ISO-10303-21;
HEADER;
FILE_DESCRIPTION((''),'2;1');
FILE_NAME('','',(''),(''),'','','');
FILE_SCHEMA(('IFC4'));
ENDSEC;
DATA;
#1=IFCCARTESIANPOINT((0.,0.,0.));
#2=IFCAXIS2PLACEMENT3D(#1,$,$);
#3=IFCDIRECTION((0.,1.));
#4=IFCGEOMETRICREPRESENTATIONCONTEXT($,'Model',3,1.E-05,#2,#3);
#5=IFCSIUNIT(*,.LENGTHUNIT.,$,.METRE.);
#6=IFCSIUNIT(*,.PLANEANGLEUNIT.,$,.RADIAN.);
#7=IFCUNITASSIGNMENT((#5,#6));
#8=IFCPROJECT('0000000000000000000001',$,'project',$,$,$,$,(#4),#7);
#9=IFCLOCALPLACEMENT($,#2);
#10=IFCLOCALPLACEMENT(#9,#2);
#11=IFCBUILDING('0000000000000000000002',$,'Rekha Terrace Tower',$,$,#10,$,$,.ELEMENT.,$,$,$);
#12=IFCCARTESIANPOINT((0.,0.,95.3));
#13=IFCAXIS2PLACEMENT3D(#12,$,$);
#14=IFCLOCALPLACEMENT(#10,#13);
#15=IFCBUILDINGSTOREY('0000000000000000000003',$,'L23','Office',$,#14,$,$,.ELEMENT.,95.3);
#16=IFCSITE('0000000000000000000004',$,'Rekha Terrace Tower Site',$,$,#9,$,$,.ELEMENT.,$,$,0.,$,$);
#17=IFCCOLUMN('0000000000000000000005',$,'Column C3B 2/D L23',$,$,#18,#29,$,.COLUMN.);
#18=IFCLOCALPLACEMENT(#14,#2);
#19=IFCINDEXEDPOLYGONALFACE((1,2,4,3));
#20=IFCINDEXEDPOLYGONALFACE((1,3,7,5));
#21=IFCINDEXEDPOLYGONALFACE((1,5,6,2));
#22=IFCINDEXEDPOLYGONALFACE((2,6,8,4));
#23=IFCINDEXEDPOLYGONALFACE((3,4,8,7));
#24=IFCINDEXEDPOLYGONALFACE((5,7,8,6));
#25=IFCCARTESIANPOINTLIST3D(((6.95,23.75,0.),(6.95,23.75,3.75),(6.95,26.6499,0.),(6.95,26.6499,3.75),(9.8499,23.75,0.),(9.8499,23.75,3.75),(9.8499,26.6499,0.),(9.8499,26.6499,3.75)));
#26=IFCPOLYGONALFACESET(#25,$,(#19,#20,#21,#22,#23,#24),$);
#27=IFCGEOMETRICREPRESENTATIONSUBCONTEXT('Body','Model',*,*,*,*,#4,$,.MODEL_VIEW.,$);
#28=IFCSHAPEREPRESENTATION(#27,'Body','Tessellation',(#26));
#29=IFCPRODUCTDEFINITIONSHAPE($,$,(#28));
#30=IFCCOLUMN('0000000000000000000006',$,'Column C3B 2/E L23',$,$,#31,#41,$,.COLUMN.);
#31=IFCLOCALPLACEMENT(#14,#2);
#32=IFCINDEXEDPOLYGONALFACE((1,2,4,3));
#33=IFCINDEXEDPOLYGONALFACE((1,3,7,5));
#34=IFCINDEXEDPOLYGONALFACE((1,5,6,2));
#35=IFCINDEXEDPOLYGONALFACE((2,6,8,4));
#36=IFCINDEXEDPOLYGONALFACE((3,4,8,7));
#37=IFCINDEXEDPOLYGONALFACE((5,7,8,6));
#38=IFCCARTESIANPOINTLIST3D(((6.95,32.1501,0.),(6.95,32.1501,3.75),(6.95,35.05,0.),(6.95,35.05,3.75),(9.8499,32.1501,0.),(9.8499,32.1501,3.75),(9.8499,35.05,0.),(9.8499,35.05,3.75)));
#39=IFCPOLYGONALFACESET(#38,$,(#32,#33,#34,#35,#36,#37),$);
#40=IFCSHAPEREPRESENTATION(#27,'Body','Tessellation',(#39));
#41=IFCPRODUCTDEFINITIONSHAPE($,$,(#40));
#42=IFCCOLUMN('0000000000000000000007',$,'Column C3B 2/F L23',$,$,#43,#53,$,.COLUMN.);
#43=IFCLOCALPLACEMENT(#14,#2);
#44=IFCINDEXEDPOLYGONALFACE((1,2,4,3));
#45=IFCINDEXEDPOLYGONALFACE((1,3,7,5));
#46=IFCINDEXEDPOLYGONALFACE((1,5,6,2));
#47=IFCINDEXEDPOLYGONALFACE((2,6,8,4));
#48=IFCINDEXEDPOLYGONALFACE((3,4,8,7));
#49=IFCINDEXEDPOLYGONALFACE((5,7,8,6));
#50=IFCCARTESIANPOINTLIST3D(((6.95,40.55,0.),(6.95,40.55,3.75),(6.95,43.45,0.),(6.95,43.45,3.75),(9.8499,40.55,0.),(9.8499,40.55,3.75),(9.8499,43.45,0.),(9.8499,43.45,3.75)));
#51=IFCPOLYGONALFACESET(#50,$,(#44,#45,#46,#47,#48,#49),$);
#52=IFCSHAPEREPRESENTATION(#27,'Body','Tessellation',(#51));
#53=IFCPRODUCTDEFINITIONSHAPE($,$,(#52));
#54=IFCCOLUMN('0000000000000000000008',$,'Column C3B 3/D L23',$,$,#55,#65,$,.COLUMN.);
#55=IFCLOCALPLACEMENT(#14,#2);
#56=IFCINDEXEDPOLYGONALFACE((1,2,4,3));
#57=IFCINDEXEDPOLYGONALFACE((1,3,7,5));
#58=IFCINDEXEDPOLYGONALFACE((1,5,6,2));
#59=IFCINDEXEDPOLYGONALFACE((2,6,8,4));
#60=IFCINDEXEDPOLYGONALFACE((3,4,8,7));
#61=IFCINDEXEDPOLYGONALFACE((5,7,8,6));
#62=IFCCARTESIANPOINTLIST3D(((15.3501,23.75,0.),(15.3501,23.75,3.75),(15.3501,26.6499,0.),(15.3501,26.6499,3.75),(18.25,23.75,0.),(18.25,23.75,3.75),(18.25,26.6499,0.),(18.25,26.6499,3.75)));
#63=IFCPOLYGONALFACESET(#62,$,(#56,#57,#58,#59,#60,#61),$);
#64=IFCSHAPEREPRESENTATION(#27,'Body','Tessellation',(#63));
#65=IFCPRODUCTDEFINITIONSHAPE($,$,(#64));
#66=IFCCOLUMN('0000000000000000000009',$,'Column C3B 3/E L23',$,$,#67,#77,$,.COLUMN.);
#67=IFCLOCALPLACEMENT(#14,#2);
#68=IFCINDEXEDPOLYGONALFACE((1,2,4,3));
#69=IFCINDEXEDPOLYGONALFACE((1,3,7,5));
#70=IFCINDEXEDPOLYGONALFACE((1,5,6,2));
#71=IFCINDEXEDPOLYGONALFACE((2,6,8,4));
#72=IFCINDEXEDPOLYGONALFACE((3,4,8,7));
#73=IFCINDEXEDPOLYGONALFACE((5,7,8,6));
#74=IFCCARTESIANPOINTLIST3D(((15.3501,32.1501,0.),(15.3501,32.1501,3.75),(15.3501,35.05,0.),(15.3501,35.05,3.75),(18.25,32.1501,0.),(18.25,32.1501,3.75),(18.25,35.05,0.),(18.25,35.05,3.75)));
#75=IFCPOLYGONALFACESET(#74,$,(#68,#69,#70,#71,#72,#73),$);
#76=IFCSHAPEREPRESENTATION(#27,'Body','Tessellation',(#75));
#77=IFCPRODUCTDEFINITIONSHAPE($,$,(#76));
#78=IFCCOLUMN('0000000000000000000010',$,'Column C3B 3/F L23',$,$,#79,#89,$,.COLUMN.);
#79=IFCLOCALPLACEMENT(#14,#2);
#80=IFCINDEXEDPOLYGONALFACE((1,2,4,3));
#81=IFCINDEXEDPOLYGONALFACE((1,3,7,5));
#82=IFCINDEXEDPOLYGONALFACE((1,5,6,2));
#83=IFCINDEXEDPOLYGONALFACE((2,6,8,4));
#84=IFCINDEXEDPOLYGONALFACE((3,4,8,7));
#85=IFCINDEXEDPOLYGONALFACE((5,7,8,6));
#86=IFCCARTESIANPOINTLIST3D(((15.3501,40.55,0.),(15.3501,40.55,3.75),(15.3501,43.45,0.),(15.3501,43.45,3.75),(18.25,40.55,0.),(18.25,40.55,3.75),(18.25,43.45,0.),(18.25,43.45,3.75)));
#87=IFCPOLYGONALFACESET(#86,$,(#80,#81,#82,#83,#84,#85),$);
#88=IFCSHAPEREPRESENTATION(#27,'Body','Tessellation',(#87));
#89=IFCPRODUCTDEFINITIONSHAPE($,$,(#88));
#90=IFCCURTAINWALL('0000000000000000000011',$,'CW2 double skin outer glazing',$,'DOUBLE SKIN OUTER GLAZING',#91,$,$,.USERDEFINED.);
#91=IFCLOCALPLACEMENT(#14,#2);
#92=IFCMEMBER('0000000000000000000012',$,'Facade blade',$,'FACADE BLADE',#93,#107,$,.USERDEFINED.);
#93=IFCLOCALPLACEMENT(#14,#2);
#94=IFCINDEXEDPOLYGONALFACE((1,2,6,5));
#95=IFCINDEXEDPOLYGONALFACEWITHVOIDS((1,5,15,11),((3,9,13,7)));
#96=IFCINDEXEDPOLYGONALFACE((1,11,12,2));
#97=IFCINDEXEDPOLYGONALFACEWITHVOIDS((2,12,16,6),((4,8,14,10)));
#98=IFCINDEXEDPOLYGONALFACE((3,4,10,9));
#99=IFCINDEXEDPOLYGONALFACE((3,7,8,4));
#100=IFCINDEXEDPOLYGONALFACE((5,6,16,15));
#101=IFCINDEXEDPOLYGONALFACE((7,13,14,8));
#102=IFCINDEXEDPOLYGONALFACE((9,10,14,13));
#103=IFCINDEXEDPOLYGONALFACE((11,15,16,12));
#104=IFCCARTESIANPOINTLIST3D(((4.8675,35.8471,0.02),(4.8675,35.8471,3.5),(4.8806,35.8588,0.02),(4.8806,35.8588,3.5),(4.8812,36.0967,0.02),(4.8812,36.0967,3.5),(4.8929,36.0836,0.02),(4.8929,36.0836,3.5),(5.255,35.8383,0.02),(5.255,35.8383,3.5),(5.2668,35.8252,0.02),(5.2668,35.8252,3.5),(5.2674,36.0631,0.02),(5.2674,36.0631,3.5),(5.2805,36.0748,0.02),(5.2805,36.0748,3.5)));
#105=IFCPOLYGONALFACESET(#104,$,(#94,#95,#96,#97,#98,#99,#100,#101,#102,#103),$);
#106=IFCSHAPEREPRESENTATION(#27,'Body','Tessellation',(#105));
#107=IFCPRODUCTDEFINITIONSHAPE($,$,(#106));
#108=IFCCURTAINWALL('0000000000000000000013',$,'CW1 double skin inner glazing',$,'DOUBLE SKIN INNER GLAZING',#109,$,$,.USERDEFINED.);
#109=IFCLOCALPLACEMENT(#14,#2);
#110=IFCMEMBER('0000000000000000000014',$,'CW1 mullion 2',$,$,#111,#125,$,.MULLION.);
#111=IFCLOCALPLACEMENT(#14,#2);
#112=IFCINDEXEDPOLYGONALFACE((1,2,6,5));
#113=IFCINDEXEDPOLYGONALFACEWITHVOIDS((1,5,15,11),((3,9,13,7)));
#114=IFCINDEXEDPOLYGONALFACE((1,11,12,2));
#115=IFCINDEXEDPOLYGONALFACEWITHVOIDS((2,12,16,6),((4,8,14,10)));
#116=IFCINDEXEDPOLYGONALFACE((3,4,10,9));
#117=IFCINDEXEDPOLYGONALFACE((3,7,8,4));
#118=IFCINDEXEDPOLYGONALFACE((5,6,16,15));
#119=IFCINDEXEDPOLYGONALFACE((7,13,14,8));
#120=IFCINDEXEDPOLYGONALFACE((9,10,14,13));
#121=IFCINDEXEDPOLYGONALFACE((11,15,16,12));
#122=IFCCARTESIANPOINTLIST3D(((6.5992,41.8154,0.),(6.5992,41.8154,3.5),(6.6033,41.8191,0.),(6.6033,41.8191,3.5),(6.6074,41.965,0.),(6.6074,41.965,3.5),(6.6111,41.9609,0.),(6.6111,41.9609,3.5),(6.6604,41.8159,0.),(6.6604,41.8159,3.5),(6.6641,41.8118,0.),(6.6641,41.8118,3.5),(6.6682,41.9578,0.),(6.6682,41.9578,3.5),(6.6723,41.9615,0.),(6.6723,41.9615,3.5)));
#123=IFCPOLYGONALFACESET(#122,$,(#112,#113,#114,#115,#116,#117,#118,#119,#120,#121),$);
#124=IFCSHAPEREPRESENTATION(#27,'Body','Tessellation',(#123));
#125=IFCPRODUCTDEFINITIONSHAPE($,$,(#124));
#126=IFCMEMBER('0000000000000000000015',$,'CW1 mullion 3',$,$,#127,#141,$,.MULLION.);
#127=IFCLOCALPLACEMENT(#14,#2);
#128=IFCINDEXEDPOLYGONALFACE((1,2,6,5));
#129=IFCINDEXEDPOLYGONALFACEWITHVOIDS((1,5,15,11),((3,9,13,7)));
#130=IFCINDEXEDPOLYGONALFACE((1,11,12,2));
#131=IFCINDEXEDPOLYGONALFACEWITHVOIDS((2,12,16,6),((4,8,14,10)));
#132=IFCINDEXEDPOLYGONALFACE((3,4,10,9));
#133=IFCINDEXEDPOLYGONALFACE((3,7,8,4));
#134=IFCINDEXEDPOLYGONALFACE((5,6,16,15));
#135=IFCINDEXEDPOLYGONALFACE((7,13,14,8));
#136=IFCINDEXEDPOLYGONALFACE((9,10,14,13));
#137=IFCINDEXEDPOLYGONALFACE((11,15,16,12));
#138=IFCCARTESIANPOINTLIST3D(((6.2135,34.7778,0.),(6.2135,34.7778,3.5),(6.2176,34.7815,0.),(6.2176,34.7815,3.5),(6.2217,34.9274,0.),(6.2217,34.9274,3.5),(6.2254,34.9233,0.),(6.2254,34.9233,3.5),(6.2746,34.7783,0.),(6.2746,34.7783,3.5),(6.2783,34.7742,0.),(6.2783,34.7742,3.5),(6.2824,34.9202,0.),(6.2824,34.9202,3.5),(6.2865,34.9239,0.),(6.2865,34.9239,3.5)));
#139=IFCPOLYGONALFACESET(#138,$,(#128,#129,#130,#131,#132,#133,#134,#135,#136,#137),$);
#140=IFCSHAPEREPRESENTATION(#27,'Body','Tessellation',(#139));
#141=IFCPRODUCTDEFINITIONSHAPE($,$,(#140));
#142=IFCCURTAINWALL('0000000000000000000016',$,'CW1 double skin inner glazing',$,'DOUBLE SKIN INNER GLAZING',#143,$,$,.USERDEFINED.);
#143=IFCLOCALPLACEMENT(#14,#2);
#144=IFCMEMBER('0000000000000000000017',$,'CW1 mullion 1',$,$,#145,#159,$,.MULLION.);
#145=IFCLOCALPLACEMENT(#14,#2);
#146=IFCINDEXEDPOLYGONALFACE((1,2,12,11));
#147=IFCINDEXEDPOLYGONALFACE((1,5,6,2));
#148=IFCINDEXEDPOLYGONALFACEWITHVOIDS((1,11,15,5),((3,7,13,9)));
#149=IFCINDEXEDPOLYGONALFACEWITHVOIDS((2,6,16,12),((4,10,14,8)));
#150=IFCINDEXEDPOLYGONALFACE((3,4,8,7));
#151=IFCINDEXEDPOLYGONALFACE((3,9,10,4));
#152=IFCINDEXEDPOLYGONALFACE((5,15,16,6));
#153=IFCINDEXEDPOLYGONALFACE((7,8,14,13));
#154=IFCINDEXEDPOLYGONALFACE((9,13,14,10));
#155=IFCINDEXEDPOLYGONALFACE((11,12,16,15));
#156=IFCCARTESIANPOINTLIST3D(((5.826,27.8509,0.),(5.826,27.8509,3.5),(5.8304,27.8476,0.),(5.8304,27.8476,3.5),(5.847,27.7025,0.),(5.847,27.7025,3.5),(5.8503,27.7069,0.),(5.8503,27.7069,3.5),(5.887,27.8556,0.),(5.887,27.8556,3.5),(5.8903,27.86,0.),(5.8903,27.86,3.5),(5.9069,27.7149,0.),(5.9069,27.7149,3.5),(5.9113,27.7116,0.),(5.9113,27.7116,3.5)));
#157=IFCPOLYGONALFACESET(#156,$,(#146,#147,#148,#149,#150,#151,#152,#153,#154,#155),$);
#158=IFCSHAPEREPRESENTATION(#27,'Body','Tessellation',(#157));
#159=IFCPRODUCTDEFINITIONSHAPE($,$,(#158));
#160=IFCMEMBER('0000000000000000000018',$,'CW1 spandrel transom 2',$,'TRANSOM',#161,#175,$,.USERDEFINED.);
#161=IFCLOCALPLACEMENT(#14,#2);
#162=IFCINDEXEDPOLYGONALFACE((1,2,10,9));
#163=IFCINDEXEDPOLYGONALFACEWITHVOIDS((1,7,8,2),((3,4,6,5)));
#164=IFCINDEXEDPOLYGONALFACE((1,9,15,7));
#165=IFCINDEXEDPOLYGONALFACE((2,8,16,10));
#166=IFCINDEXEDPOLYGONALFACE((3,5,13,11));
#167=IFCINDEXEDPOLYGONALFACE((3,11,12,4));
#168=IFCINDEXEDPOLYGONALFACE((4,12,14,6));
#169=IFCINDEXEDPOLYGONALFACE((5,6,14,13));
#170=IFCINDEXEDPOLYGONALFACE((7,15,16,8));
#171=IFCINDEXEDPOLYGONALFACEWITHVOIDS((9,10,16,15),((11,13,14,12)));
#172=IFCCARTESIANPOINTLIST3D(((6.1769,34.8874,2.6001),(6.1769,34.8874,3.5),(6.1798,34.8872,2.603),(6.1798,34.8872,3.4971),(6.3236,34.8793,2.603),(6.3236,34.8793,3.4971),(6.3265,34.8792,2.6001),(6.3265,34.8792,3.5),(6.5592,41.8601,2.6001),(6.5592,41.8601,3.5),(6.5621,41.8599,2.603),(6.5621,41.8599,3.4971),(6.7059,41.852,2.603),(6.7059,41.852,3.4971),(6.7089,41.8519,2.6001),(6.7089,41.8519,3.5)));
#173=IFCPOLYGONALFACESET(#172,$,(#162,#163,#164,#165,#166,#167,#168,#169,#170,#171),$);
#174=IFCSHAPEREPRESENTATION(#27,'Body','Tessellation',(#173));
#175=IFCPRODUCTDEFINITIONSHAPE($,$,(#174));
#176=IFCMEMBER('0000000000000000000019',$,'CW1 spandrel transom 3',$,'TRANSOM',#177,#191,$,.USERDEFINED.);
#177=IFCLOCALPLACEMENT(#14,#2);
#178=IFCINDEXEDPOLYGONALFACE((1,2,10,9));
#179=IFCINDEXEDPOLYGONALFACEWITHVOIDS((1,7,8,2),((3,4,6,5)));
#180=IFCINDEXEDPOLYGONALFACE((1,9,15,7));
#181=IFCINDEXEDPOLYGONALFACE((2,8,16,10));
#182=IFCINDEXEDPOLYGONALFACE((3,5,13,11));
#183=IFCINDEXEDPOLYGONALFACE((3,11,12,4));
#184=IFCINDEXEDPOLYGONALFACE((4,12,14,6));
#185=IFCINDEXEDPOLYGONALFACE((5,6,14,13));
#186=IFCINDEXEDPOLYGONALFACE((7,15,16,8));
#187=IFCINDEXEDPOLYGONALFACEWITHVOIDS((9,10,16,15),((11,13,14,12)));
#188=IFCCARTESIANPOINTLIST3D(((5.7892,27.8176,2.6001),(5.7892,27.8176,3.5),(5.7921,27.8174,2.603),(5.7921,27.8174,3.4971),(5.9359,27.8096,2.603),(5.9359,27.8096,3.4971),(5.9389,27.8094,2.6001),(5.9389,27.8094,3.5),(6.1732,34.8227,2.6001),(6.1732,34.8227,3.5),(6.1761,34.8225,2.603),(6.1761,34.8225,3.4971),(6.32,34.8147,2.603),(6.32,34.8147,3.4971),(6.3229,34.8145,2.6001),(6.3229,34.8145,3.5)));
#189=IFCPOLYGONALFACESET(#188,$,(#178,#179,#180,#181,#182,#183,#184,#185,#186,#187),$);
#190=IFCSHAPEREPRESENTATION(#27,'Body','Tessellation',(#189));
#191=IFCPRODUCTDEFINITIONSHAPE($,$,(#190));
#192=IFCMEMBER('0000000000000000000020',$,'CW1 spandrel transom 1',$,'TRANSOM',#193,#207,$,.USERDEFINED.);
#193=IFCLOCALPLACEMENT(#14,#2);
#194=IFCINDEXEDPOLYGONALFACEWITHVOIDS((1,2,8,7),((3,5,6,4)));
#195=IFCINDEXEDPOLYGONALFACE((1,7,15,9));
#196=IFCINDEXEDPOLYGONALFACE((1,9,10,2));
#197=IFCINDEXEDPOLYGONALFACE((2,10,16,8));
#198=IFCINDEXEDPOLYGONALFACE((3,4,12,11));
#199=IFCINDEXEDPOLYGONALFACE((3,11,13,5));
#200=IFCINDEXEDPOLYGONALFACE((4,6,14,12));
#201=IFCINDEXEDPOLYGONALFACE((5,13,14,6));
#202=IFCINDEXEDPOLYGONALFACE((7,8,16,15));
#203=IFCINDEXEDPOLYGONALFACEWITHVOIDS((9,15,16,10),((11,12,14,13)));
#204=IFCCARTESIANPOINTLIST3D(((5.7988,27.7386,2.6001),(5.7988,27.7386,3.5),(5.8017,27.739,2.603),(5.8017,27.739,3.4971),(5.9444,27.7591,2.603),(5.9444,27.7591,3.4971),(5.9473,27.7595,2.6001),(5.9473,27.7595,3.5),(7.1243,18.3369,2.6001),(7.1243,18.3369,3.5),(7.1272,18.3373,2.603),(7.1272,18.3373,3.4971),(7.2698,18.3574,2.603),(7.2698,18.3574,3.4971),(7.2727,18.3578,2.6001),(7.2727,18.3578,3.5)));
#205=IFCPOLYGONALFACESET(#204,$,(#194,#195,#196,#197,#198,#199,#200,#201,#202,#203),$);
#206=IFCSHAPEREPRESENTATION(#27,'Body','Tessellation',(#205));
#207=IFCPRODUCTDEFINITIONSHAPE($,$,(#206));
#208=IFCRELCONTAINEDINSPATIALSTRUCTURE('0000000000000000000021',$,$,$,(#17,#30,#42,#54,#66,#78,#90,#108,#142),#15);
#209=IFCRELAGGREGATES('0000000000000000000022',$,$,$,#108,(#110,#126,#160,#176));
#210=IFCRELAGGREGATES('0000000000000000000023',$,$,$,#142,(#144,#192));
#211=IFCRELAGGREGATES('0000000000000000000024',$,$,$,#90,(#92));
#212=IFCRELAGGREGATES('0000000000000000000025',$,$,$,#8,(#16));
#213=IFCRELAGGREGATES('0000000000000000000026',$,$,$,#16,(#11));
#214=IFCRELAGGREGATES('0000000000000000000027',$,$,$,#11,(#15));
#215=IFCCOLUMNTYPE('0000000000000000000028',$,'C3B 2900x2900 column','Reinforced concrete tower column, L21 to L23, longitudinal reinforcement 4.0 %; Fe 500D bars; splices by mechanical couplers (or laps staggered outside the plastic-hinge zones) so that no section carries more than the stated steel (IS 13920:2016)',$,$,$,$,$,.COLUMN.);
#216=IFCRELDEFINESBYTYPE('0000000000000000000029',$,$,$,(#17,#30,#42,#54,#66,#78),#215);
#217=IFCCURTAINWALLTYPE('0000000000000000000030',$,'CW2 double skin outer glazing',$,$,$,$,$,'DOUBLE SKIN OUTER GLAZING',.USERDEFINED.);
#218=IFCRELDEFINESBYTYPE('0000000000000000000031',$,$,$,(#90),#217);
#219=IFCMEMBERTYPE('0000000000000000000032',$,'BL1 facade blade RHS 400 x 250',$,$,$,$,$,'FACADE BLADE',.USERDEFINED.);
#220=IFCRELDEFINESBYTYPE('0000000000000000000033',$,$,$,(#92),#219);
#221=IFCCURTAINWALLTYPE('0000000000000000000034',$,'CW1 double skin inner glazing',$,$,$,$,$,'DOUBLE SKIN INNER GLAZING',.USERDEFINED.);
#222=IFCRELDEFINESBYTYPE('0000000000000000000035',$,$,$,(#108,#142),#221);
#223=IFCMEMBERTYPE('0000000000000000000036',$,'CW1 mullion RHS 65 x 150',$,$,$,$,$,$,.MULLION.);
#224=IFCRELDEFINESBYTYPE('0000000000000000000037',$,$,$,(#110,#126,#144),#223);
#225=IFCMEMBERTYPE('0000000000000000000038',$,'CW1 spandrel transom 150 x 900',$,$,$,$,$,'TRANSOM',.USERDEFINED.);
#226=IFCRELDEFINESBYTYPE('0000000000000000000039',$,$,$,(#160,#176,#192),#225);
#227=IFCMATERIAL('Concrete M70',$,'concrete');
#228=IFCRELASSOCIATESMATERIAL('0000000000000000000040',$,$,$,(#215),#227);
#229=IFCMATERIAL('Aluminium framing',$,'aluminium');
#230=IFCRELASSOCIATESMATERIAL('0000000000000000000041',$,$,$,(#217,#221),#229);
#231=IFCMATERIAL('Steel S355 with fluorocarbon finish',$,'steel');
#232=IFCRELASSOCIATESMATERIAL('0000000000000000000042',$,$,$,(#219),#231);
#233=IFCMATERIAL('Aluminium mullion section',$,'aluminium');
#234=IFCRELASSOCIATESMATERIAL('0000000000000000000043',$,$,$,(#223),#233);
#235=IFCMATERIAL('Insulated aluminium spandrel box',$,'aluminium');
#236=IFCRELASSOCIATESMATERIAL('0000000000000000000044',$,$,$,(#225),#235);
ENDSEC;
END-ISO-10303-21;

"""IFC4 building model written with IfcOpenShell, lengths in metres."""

from ifc_helpers import new_model, si_unit, direction, frame, origin, origin_2d, place, context, subcontext, project, spatial, rectangle, hollow_rectangle, extrude, material, material_profile, profile_set, type_object, element, aggregate, save


model = new_model("IFC4")

# Units and contexts
model_context = context("Model", 3, precision=1e-05, world=origin(), true_north=direction((0.0, 1.0)))
body_context = subcontext(model_context, "Body", "Model", "MODEL_VIEW")
ifc_project = project(units=[si_unit("LENGTHUNIT", "METRE"), si_unit("PLANEANGLEUNIT", "RADIAN")], contexts=[model_context])

# Site, building, storey
site_placement = place(None, origin())
site = spatial("IfcSite", under=ifc_project, at=site_placement, Name="Rekha Terrace Tower Site", CompositionType="ELEMENT", RefElevation=0.0)
building_placement = place(site_placement, origin())
building = spatial("IfcBuilding", under=site, at=building_placement, Name="Rekha Terrace Tower", CompositionType="ELEMENT")
storey_placement = place(building_placement, frame((0.0, 0.0, 95.3)))
storey = spatial("IfcBuildingStorey", under=building, at=storey_placement, Name="L23", Description="Office", CompositionType="ELEMENT", Elevation=95.3)

# Columns
ifc_material_1 = material(Name="Concrete M70", Category="concrete")
ifc_material_profile_1 = material_profile(ifc_material_1, rectangle(XDim=2.8999, YDim=2.8999, at=origin_2d()), Name="RC 2900x2900")
ifc_profile_set_1 = profile_set([ifc_material_profile_1], Name="Concrete M70")
column_type = type_object("IfcColumnType", Name="C3B 2900x2900 column", Description="Reinforced concrete tower column, L21 to L23, longitudinal reinforcement 4.0 %; Fe 500D bars; splices by mechanical couplers (or laps staggered outside the plastic-hinge zones) so that no section carries more than the stated steel (IS 13920:2016)", PredefinedType="COLUMN", material=ifc_profile_set_1)
for number, where, z_axis, x_axis, name in (
    (1, (8.3999, 25.2, 0.0), (0.0, 0.0, 1.0), (1.0, 0.0, 0.0), "Column C3B 2/D L23"),
    (2, (8.3999, 33.6001, 0.0), (0.0, 0.0, 1.0), (1.0, 0.0, 0.0), "Column C3B 2/E L23"),
    (3, (8.3999, 42.0, 0.0), (0.0, 0.0, 1.0), (1.0, 0.0, 0.0), "Column C3B 2/F L23"),
    (4, (16.8, 25.2, 0.0), (0.0, 0.0, 1.0), (1.0, 0.0, 0.0), "Column C3B 3/D L23"),
    (5, (16.8, 33.6001, 0.0), (0.0, 0.0, 1.0), (1.0, 0.0, 0.0), "Column C3B 3/E L23"),
    (6, (16.8, 42.0, 0.0), (0.0, 0.0, 1.0), (1.0, 0.0, 0.0), "Column C3B 3/F L23"),
):
    element("IfcColumn", number, at=place(storey_placement, frame(where, z_axis=z_axis, x_axis=x_axis)), inside=storey, type_object=column_type, Name=name, PredefinedType="COLUMN", context=body_context, shape_type="SweptSolid", body=[
        extrude(rectangle(XDim=2.8999, YDim=2.8999, at=origin_2d()), origin(), (0.0, 0.0, 1.0), 3.75),
    ])

# Curtain wall, member
ifc_material_2 = material(Name="Aluminium framing", Category="aluminium")
curtain_wall_type_1 = type_object("IfcCurtainWallType", Name="CW2 double skin outer glazing", ElementType="DOUBLE SKIN OUTER GLAZING", PredefinedType="USERDEFINED", material=ifc_material_2)
curtain_wall_1_placement = place(storey_placement, origin())
curtain_wall_1 = element("IfcCurtainWall", 7, at=curtain_wall_1_placement, inside=storey, type_object=curtain_wall_type_1, Name="CW2 double skin outer glazing", ObjectType="DOUBLE SKIN OUTER GLAZING", PredefinedType="USERDEFINED")
ifc_material_3 = material(Name="Steel S355 with fluorocarbon finish", Category="steel")
ifc_material_profile_2 = material_profile(ifc_material_3, hollow_rectangle(XDim=0.25, YDim=0.3999, WallThickness=0.0125, at=origin_2d()), Name="RHS400x250x12.5")
ifc_profile_set_2 = profile_set([ifc_material_profile_2], Name="Steel S355 with fluorocarbon finish")
member_type_1 = type_object("IfcMemberType", Name="BL1 facade blade RHS 400 x 250", ElementType="FACADE BLADE", PredefinedType="USERDEFINED", material=ifc_profile_set_2)
member_1_placement = place(storey_placement, frame((5.074, 35.9609, 0.02), z_axis=(0.0, 0.0, 1.0), x_axis=(-0.054743, -0.9985, 0.0)))
member_1 = element("IfcMember", 8, at=member_1_placement, type_object=member_type_1, Name="Facade blade", ObjectType="FACADE BLADE", PredefinedType="USERDEFINED", context=body_context, shape_type="SweptSolid", body=[
    extrude(hollow_rectangle(XDim=0.25, YDim=0.3999, WallThickness=0.0125, at=origin_2d()), origin(), (0.0, 0.0, 1.0), 3.48),
])

# Curtain wall, members
curtain_wall_type_2 = type_object("IfcCurtainWallType", Name="CW1 double skin inner glazing", ElementType="DOUBLE SKIN INNER GLAZING", PredefinedType="USERDEFINED", material=ifc_material_2)
curtain_wall_2_placement = place(storey_placement, origin())
curtain_wall_2 = element("IfcCurtainWall", 9, at=curtain_wall_2_placement, inside=storey, type_object=curtain_wall_type_2, Name="CW1 double skin inner glazing", ObjectType="DOUBLE SKIN INNER GLAZING", PredefinedType="USERDEFINED")
ifc_material_4 = material(Name="Aluminium mullion section", Category="aluminium")
ifc_material_profile_3 = material_profile(ifc_material_4, hollow_rectangle(XDim=0.0649, YDim=0.1499, WallThickness=0.0039, at=origin_2d()), Name="AL RHS 65x150")
ifc_profile_set_3 = profile_set([ifc_material_profile_3], Name="Aluminium mullion section")
member_type_2 = type_object("IfcMemberType", Name="CW1 mullion RHS 65 x 150", PredefinedType="MULLION", material=ifc_profile_set_3)
member_2_placement = place(storey_placement, frame((6.6357, 41.8884, 0.0), z_axis=(0.0, 0.0, 1.0), x_axis=(0.998501, -0.054742, 0.0)))
member_2 = element("IfcMember", 10, at=member_2_placement, type_object=member_type_2, Name="CW1 mullion 2", PredefinedType="MULLION", context=body_context, shape_type="SweptSolid", body=[
    extrude(hollow_rectangle(XDim=0.0649, YDim=0.1499, WallThickness=0.0039, at=origin_2d()), origin(), (0.0, 0.0, 1.0), 3.5),
])
member_3_placement = place(storey_placement, frame((6.25, 34.8508, 0.0), z_axis=(0.0, 0.0, 1.0), x_axis=(0.998501, -0.054742, 0.0)))
member_3 = element("IfcMember", 11, at=member_3_placement, type_object=member_type_2, Name="CW1 mullion 3", PredefinedType="MULLION", context=body_context, shape_type="SweptSolid", body=[
    extrude(hollow_rectangle(XDim=0.0649, YDim=0.1499, WallThickness=0.0039, at=origin_2d()), origin(), (0.0, 0.0, 1.0), 3.5),
])

# Curtain wall, member
curtain_wall_3_placement = place(storey_placement, origin())
curtain_wall_3 = element("IfcCurtainWall", 12, at=curtain_wall_3_placement, inside=storey, type_object=curtain_wall_type_2, Name="CW1 double skin inner glazing", ObjectType="DOUBLE SKIN INNER GLAZING", PredefinedType="USERDEFINED")
member_4_placement = place(storey_placement, frame((5.8687, 27.7812, 0.0), z_axis=(0.0, 0.0, 1.0), x_axis=(0.990208, 0.139597, 0.0)))
member_4 = element("IfcMember", 13, at=member_4_placement, type_object=member_type_2, Name="CW1 mullion 1", PredefinedType="MULLION", context=body_context, shape_type="SweptSolid", body=[
    extrude(hollow_rectangle(XDim=0.0649, YDim=0.1499, WallThickness=0.0039, at=origin_2d()), origin(), (0.0, 0.0, 1.0), 3.5),
])

# Members
ifc_material_5 = material(Name="Insulated aluminium spandrel box", Category="aluminium")
ifc_material_profile_4 = material_profile(ifc_material_5, hollow_rectangle(XDim=0.1499, YDim=0.8999, WallThickness=0.0029, at=origin_2d()), Name="AL SPANDREL BOX 150x900")
ifc_profile_set_4 = profile_set([ifc_material_profile_4], Name="Insulated aluminium spandrel box")
member_type_3 = type_object("IfcMemberType", Name="CW1 spandrel transom 150 x 900", ElementType="TRANSOM", PredefinedType="USERDEFINED", material=ifc_profile_set_4)
member_5_placement = place(storey_placement, frame((6.634, 41.856, 3.05), z_axis=(-0.05475, -0.9985, 0.0), x_axis=(0.9985, -0.05475, 0.0)))
member_5 = element("IfcMember", 14, at=member_5_placement, type_object=member_type_3, Name="CW1 spandrel transom 2", ObjectType="TRANSOM", PredefinedType="USERDEFINED", context=body_context, shape_type="SweptSolid", body=[
    extrude(hollow_rectangle(XDim=0.1499, YDim=0.8999, WallThickness=0.0029, at=origin_2d()), origin(), (0.0, 0.0, 1.0), 6.9832),
])
member_6_placement = place(storey_placement, frame((6.248, 34.8186, 3.05), z_axis=(-0.05474, -0.998501, 0.0), x_axis=(0.998501, -0.05474, 0.0)))
member_6 = element("IfcMember", 15, at=member_6_placement, type_object=member_type_3, Name="CW1 spandrel transom 3", ObjectType="TRANSOM", PredefinedType="USERDEFINED", context=body_context, shape_type="SweptSolid", body=[
    extrude(hollow_rectangle(XDim=0.1499, YDim=0.8999, WallThickness=0.0029, at=origin_2d()), origin(), (0.0, 0.0, 1.0), 7.0156),
])
member_7_placement = place(storey_placement, frame((5.873, 27.749, 3.05), z_axis=(0.1396, -0.990208, 0.0), x_axis=(0.990208, 0.1396, 0.0)))
member_7 = element("IfcMember", 16, at=member_7_placement, type_object=member_type_3, Name="CW1 spandrel transom 1", ObjectType="TRANSOM", PredefinedType="USERDEFINED", context=body_context, shape_type="SweptSolid", body=[
    extrude(hollow_rectangle(XDim=0.1499, YDim=0.8999, WallThickness=0.0029, at=origin_2d()), origin(), (0.0, 0.0, 1.0), 9.4946),
])

aggregate(curtain_wall_2, [member_2, member_3, member_5, member_6])
aggregate(curtain_wall_3, [member_4, member_7])
aggregate(curtain_wall_1, [member_1])

save(model, "model.ifc")
